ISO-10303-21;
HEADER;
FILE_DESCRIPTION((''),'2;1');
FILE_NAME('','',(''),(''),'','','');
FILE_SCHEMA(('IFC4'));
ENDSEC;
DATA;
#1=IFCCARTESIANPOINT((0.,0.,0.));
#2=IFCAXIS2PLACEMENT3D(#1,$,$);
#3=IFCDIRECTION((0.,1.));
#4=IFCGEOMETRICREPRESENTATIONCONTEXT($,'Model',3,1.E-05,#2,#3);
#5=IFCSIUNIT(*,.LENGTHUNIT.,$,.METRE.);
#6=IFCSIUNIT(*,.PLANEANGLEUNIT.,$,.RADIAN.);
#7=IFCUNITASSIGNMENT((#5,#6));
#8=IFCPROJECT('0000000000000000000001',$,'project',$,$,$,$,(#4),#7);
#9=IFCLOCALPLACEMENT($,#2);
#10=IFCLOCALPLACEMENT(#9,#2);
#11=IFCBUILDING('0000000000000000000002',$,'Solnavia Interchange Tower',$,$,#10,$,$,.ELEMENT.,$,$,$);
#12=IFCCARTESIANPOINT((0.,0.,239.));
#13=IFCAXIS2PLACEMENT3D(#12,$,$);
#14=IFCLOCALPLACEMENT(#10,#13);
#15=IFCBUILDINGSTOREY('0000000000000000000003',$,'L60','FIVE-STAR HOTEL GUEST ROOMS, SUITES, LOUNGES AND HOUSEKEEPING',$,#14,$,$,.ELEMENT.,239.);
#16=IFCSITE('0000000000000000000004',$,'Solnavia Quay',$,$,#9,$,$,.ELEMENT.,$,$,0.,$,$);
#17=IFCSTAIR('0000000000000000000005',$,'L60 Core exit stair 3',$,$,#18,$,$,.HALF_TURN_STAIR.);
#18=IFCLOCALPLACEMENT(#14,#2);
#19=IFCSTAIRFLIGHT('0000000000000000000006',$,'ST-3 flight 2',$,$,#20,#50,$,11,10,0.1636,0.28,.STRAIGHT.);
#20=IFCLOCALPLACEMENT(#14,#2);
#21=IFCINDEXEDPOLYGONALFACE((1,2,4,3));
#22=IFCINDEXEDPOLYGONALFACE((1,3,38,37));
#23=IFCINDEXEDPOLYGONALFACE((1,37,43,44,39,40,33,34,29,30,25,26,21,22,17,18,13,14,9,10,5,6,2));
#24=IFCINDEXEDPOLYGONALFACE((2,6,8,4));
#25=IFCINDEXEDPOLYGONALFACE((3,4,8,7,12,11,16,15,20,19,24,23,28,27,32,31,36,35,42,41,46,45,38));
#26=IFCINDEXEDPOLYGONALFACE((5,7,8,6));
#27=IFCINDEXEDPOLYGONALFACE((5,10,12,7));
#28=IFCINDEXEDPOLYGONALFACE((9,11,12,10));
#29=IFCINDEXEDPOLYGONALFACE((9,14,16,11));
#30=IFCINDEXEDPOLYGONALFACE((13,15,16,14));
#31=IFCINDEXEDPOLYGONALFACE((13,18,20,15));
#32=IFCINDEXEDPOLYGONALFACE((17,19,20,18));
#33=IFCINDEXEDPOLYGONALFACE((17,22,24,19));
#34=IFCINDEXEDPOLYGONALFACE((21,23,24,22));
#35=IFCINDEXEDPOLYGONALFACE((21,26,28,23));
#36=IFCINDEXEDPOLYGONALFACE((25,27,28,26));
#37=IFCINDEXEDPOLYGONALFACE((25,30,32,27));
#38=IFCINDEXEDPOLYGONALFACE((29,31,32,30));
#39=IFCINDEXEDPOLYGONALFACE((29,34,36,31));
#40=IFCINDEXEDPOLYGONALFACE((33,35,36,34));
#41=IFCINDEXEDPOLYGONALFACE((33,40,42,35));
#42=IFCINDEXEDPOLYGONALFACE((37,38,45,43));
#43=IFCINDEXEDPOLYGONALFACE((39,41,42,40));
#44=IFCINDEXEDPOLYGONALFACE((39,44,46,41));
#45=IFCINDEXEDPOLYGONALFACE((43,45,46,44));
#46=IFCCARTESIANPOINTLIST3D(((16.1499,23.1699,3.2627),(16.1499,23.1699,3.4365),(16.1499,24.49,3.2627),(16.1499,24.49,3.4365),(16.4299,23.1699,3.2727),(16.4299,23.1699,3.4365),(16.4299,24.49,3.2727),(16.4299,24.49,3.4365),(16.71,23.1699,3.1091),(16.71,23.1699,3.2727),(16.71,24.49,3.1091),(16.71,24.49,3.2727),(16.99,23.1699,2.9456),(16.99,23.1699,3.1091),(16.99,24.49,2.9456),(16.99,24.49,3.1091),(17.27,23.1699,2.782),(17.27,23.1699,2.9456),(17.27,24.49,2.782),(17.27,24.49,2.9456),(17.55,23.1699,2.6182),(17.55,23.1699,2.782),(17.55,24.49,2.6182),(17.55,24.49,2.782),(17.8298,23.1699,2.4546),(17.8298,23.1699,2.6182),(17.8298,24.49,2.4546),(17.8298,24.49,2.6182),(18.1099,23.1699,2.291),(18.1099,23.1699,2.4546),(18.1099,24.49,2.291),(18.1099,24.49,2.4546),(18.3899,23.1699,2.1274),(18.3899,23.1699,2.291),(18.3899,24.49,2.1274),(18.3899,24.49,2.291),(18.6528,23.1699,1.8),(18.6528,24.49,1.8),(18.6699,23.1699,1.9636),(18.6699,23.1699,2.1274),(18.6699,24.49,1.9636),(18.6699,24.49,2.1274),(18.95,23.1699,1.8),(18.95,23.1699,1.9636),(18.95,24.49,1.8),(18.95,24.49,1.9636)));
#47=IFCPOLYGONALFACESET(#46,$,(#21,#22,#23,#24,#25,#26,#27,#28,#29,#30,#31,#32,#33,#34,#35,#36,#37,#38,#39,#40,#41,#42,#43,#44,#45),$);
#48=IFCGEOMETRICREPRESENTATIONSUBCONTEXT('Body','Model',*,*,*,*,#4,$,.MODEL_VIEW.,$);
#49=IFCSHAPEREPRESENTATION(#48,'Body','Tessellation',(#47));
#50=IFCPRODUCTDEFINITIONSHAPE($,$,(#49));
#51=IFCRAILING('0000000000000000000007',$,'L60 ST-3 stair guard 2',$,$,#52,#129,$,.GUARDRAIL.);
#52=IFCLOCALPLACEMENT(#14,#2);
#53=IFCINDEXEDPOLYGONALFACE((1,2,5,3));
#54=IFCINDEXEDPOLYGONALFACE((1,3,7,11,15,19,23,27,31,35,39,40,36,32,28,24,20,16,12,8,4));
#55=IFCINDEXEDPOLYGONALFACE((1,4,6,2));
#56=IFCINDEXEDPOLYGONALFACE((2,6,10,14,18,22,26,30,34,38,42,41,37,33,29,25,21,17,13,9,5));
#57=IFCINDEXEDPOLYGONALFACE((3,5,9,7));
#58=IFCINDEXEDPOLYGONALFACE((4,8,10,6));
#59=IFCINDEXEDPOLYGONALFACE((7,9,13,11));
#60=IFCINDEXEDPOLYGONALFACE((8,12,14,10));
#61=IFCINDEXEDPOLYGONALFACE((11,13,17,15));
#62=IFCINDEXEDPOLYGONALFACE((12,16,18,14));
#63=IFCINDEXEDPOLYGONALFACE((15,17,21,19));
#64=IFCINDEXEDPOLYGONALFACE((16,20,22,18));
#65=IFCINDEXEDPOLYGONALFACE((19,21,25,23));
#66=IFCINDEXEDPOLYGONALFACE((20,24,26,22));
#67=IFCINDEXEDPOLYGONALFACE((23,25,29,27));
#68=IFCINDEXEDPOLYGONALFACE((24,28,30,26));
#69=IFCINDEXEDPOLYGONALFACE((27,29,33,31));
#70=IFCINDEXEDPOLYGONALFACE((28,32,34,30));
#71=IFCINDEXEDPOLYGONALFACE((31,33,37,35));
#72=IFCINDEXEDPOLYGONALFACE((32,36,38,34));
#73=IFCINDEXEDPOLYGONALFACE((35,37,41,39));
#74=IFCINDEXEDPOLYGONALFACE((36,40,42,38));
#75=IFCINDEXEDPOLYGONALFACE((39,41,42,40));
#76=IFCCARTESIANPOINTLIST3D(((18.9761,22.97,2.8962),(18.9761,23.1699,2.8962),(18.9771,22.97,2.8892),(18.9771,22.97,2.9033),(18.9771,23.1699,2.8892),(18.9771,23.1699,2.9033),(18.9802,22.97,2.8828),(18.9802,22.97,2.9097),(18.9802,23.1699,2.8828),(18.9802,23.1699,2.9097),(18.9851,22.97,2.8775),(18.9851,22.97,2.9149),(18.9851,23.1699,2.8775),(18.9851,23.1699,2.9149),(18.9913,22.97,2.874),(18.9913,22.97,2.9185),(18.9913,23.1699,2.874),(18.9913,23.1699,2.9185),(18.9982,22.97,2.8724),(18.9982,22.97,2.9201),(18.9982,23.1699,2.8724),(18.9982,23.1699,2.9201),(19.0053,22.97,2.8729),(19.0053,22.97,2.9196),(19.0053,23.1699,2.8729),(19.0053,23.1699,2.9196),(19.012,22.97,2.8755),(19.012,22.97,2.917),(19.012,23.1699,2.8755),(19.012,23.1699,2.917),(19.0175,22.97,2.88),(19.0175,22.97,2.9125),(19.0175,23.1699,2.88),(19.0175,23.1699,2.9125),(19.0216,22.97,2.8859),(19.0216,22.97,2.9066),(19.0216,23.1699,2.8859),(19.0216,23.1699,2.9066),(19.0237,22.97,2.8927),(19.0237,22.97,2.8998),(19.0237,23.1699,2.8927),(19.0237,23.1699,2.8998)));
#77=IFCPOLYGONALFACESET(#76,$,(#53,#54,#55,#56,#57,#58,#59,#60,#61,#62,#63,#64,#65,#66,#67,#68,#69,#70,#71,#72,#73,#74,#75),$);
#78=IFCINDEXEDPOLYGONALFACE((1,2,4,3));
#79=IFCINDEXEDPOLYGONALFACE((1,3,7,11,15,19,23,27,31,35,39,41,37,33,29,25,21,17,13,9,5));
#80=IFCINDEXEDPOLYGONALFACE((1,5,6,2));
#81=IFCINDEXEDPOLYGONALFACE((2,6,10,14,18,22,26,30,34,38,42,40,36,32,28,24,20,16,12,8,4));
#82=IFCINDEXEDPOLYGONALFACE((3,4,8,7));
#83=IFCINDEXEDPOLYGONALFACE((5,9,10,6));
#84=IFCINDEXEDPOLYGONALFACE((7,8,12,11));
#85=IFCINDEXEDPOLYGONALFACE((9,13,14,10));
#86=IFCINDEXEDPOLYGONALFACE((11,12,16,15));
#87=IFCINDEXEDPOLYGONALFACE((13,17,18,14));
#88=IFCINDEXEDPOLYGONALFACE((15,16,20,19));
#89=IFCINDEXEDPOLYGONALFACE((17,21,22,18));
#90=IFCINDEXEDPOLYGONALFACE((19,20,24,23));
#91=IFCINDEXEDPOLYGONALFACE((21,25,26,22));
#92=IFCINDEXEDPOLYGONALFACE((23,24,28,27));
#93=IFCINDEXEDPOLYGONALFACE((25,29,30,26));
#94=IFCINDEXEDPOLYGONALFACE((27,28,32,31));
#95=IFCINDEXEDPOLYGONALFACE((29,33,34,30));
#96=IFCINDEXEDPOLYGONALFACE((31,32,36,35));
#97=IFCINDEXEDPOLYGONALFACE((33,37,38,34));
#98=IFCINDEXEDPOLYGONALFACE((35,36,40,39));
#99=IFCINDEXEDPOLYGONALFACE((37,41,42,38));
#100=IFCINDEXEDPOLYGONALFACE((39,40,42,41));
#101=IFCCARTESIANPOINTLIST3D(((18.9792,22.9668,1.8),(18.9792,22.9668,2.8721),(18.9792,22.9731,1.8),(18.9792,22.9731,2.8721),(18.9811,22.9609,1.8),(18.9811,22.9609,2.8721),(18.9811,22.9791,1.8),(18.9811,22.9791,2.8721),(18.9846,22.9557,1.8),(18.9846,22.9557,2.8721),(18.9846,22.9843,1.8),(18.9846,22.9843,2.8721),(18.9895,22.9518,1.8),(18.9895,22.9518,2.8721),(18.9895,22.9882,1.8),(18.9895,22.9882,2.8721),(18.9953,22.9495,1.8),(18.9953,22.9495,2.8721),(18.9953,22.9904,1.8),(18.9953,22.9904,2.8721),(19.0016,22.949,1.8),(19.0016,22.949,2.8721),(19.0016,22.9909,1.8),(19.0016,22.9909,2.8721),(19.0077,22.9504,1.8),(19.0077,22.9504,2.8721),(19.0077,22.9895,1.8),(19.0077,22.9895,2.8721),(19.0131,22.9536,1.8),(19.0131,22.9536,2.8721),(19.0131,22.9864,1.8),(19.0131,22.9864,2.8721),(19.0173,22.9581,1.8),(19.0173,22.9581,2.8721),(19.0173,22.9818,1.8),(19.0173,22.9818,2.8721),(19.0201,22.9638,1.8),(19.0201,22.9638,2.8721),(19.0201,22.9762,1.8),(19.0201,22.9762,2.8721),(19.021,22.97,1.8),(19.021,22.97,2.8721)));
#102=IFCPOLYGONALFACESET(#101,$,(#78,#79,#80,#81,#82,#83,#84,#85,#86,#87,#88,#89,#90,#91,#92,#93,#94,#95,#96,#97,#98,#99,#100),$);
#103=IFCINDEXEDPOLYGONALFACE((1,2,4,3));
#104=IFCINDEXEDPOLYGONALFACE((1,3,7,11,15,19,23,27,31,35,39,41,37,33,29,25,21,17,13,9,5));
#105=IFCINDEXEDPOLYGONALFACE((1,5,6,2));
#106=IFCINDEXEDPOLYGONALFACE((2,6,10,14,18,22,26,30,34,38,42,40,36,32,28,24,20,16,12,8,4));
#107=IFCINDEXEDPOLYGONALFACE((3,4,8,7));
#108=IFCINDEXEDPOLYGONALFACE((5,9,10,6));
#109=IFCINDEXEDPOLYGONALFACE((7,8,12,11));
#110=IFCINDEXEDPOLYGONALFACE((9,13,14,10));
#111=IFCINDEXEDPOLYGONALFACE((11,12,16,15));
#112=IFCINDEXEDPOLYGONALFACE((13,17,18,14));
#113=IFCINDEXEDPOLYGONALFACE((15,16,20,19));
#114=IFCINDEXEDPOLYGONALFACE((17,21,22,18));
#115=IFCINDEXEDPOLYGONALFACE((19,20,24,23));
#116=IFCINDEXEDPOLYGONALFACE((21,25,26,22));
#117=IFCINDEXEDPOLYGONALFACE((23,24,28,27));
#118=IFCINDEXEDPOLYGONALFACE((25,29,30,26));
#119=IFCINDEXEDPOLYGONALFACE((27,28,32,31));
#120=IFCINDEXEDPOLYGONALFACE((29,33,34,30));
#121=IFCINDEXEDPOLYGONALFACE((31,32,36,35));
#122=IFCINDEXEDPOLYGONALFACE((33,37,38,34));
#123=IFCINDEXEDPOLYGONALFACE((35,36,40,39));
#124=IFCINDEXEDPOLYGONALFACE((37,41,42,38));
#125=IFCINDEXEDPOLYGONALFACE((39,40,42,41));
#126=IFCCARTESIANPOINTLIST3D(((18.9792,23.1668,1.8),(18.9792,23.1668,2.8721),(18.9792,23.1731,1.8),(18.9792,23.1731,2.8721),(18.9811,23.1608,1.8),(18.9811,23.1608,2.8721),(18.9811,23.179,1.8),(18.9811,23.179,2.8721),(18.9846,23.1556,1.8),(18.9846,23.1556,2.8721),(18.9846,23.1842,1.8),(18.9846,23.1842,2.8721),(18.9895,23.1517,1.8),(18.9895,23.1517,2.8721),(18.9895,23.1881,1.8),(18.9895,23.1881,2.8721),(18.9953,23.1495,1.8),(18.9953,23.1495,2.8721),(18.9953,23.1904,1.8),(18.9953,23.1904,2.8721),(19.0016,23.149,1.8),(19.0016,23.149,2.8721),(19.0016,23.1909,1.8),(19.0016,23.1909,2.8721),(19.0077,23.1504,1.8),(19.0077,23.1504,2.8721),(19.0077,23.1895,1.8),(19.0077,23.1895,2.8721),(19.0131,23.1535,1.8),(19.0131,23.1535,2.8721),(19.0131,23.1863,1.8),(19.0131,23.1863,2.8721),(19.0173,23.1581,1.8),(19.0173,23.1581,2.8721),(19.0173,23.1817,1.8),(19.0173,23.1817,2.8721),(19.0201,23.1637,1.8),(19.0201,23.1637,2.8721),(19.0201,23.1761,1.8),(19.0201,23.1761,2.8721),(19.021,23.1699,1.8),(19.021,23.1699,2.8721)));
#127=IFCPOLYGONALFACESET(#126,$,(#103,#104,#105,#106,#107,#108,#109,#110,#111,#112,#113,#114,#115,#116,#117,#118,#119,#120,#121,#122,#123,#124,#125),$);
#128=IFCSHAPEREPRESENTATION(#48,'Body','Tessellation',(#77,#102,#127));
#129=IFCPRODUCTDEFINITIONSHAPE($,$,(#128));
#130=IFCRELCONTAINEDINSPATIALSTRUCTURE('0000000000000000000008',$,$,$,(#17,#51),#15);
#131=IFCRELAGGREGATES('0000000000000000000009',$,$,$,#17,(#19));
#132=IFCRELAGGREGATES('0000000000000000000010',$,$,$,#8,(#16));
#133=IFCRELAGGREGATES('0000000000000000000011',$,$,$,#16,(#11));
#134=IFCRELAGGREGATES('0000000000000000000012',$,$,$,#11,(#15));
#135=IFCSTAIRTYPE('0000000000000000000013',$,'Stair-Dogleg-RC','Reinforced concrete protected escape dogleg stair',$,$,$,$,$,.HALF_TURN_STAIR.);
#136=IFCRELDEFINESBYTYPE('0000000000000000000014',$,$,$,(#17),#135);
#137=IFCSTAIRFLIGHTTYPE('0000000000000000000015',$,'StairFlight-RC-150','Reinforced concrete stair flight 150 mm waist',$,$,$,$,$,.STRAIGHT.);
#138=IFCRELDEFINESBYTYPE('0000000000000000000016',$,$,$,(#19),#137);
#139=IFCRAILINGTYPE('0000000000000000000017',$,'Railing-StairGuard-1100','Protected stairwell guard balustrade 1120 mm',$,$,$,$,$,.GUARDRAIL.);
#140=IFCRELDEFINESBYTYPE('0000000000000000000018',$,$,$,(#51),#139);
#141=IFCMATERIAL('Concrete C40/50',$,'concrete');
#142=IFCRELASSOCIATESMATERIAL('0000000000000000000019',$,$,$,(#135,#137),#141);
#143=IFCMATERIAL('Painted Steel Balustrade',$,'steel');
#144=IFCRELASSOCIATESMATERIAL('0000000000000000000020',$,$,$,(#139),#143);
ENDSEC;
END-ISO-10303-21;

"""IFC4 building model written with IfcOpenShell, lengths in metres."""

from ifc_helpers import new_model, si_unit, direction, frame, origin, origin_2d, place, context, subcontext, project, spatial, polyline, circle, outline, extrude, material, type_object, element, aggregate, save


model = new_model("IFC4")

# Units and contexts
model_context = context("Model", 3, precision=1e-05, world=origin(), true_north=direction((0.0, 1.0)))
body_context = subcontext(model_context, "Body", "Model", "MODEL_VIEW")
ifc_project = project(units=[si_unit("LENGTHUNIT", "METRE"), si_unit("PLANEANGLEUNIT", "RADIAN")], contexts=[model_context])

# Site, building, storey
site_placement = place(None, origin())
site = spatial("IfcSite", under=ifc_project, at=site_placement, Name="Solnavia Quay", CompositionType="ELEMENT", RefElevation=0.0)
building_placement = place(site_placement, origin())
building = spatial("IfcBuilding", under=site, at=building_placement, Name="Solnavia Interchange Tower", CompositionType="ELEMENT")
storey_placement = place(building_placement, frame((0.0, 0.0, 239.0)))
storey = spatial("IfcBuildingStorey", under=building, at=storey_placement, Name="L60", Description="FIVE-STAR HOTEL GUEST ROOMS, SUITES, LOUNGES AND HOUSEKEEPING", CompositionType="ELEMENT", Elevation=239.0)

# Shared definitions
ifc_material_1 = material(Name="Concrete C40/50", Category="concrete")

# Stair, stair flight
stair_type = type_object("IfcStairType", Name="Stair-Dogleg-RC", Description="Reinforced concrete protected escape dogleg stair", PredefinedType="HALF_TURN_STAIR", material=ifc_material_1)
stair_placement = place(storey_placement, origin())
stair = element("IfcStair", 1, at=stair_placement, inside=storey, type_object=stair_type, Name="L60 Core exit stair 3", PredefinedType="HALF_TURN_STAIR")
stair_flight_type = type_object("IfcStairFlightType", Name="StairFlight-RC-150", Description="Reinforced concrete stair flight 150 mm waist", PredefinedType="STRAIGHT", material=ifc_material_1)
stair_flight_placement = place(storey_placement, frame((18.95, 23.8301, 1.8), z_axis=(0.0, 0.0, 1.0), x_axis=(-1.0, 0.0, 0.0)))
stair_flight = element("IfcStairFlight", 2, at=stair_flight_placement, type_object=stair_flight_type, Name="ST-3 flight 2", NumberOfRisers=11, NumberOfTreads=10, PredefinedType="STRAIGHT", RiserHeight=0.1636, TreadLength=0.28, context=body_context, shape_type="SweptSolid", body=[
    extrude(outline(polyline([(0.0, 0.0), (0.0, 0.1636), (0.28, 0.1636), (0.28, 0.3274), (0.5601, 0.3274), (0.5601, 0.491), (0.8401, 0.491), (0.8401, 0.6545), (1.1201, 0.6545), (1.1201, 0.8181), (1.3999, 0.8181), (1.3999, 0.9819), (1.6799, 0.9819), (1.6799, 1.1455), (1.96, 1.1455), (1.96, 1.3091), (2.24, 1.3091), (2.24, 1.4727), (2.52, 1.4727), (2.52, 1.6365), (2.8, 1.6365), (2.8, 1.8), (2.8, 1.4626), (0.2971, 0.0), (0.0, 0.0)])), frame((0.0, 0.6602, 0.0), z_axis=(0.0, -1.0, 0.0), x_axis=(1.0, 0.0, 0.0)), (0.0, 0.0, 1.0), 1.3201),
])
aggregate(stair, [stair_flight])

# Railing
ifc_material_2 = material(Name="Painted Steel Balustrade", Category="steel")
railing_type = type_object("IfcRailingType", Name="Railing-StairGuard-1100", Description="Protected stairwell guard balustrade 1120 mm", PredefinedType="GUARDRAIL", material=ifc_material_2)
railing_1_placement = place(storey_placement, frame((19.0, 22.97, 1.8)))
element("IfcRailing", 3, at=railing_1_placement, inside=storey, type_object=railing_type, Name="L60 ST-3 stair guard 2", PredefinedType="GUARDRAIL", context=body_context, shape_type="SweptSolid", body=[
    extrude(circle(Radius=0.0239, at=origin_2d()), frame((0.0, 0.0, 1.0962), z_axis=(0.0, 1.0, 0.0), x_axis=(-1.0, 0.0, 0.0)), (0.0, 0.0, 1.0), 0.2),
    extrude(circle(Radius=0.021, at=origin_2d()), origin(), (0.0, 0.0, 1.0), 1.072),
    extrude(circle(Radius=0.021, at=origin_2d()), frame((0.0, 0.2, 0.0)), (0.0, 0.0, 1.0), 1.072),
])

save(model, "model.ifc")
